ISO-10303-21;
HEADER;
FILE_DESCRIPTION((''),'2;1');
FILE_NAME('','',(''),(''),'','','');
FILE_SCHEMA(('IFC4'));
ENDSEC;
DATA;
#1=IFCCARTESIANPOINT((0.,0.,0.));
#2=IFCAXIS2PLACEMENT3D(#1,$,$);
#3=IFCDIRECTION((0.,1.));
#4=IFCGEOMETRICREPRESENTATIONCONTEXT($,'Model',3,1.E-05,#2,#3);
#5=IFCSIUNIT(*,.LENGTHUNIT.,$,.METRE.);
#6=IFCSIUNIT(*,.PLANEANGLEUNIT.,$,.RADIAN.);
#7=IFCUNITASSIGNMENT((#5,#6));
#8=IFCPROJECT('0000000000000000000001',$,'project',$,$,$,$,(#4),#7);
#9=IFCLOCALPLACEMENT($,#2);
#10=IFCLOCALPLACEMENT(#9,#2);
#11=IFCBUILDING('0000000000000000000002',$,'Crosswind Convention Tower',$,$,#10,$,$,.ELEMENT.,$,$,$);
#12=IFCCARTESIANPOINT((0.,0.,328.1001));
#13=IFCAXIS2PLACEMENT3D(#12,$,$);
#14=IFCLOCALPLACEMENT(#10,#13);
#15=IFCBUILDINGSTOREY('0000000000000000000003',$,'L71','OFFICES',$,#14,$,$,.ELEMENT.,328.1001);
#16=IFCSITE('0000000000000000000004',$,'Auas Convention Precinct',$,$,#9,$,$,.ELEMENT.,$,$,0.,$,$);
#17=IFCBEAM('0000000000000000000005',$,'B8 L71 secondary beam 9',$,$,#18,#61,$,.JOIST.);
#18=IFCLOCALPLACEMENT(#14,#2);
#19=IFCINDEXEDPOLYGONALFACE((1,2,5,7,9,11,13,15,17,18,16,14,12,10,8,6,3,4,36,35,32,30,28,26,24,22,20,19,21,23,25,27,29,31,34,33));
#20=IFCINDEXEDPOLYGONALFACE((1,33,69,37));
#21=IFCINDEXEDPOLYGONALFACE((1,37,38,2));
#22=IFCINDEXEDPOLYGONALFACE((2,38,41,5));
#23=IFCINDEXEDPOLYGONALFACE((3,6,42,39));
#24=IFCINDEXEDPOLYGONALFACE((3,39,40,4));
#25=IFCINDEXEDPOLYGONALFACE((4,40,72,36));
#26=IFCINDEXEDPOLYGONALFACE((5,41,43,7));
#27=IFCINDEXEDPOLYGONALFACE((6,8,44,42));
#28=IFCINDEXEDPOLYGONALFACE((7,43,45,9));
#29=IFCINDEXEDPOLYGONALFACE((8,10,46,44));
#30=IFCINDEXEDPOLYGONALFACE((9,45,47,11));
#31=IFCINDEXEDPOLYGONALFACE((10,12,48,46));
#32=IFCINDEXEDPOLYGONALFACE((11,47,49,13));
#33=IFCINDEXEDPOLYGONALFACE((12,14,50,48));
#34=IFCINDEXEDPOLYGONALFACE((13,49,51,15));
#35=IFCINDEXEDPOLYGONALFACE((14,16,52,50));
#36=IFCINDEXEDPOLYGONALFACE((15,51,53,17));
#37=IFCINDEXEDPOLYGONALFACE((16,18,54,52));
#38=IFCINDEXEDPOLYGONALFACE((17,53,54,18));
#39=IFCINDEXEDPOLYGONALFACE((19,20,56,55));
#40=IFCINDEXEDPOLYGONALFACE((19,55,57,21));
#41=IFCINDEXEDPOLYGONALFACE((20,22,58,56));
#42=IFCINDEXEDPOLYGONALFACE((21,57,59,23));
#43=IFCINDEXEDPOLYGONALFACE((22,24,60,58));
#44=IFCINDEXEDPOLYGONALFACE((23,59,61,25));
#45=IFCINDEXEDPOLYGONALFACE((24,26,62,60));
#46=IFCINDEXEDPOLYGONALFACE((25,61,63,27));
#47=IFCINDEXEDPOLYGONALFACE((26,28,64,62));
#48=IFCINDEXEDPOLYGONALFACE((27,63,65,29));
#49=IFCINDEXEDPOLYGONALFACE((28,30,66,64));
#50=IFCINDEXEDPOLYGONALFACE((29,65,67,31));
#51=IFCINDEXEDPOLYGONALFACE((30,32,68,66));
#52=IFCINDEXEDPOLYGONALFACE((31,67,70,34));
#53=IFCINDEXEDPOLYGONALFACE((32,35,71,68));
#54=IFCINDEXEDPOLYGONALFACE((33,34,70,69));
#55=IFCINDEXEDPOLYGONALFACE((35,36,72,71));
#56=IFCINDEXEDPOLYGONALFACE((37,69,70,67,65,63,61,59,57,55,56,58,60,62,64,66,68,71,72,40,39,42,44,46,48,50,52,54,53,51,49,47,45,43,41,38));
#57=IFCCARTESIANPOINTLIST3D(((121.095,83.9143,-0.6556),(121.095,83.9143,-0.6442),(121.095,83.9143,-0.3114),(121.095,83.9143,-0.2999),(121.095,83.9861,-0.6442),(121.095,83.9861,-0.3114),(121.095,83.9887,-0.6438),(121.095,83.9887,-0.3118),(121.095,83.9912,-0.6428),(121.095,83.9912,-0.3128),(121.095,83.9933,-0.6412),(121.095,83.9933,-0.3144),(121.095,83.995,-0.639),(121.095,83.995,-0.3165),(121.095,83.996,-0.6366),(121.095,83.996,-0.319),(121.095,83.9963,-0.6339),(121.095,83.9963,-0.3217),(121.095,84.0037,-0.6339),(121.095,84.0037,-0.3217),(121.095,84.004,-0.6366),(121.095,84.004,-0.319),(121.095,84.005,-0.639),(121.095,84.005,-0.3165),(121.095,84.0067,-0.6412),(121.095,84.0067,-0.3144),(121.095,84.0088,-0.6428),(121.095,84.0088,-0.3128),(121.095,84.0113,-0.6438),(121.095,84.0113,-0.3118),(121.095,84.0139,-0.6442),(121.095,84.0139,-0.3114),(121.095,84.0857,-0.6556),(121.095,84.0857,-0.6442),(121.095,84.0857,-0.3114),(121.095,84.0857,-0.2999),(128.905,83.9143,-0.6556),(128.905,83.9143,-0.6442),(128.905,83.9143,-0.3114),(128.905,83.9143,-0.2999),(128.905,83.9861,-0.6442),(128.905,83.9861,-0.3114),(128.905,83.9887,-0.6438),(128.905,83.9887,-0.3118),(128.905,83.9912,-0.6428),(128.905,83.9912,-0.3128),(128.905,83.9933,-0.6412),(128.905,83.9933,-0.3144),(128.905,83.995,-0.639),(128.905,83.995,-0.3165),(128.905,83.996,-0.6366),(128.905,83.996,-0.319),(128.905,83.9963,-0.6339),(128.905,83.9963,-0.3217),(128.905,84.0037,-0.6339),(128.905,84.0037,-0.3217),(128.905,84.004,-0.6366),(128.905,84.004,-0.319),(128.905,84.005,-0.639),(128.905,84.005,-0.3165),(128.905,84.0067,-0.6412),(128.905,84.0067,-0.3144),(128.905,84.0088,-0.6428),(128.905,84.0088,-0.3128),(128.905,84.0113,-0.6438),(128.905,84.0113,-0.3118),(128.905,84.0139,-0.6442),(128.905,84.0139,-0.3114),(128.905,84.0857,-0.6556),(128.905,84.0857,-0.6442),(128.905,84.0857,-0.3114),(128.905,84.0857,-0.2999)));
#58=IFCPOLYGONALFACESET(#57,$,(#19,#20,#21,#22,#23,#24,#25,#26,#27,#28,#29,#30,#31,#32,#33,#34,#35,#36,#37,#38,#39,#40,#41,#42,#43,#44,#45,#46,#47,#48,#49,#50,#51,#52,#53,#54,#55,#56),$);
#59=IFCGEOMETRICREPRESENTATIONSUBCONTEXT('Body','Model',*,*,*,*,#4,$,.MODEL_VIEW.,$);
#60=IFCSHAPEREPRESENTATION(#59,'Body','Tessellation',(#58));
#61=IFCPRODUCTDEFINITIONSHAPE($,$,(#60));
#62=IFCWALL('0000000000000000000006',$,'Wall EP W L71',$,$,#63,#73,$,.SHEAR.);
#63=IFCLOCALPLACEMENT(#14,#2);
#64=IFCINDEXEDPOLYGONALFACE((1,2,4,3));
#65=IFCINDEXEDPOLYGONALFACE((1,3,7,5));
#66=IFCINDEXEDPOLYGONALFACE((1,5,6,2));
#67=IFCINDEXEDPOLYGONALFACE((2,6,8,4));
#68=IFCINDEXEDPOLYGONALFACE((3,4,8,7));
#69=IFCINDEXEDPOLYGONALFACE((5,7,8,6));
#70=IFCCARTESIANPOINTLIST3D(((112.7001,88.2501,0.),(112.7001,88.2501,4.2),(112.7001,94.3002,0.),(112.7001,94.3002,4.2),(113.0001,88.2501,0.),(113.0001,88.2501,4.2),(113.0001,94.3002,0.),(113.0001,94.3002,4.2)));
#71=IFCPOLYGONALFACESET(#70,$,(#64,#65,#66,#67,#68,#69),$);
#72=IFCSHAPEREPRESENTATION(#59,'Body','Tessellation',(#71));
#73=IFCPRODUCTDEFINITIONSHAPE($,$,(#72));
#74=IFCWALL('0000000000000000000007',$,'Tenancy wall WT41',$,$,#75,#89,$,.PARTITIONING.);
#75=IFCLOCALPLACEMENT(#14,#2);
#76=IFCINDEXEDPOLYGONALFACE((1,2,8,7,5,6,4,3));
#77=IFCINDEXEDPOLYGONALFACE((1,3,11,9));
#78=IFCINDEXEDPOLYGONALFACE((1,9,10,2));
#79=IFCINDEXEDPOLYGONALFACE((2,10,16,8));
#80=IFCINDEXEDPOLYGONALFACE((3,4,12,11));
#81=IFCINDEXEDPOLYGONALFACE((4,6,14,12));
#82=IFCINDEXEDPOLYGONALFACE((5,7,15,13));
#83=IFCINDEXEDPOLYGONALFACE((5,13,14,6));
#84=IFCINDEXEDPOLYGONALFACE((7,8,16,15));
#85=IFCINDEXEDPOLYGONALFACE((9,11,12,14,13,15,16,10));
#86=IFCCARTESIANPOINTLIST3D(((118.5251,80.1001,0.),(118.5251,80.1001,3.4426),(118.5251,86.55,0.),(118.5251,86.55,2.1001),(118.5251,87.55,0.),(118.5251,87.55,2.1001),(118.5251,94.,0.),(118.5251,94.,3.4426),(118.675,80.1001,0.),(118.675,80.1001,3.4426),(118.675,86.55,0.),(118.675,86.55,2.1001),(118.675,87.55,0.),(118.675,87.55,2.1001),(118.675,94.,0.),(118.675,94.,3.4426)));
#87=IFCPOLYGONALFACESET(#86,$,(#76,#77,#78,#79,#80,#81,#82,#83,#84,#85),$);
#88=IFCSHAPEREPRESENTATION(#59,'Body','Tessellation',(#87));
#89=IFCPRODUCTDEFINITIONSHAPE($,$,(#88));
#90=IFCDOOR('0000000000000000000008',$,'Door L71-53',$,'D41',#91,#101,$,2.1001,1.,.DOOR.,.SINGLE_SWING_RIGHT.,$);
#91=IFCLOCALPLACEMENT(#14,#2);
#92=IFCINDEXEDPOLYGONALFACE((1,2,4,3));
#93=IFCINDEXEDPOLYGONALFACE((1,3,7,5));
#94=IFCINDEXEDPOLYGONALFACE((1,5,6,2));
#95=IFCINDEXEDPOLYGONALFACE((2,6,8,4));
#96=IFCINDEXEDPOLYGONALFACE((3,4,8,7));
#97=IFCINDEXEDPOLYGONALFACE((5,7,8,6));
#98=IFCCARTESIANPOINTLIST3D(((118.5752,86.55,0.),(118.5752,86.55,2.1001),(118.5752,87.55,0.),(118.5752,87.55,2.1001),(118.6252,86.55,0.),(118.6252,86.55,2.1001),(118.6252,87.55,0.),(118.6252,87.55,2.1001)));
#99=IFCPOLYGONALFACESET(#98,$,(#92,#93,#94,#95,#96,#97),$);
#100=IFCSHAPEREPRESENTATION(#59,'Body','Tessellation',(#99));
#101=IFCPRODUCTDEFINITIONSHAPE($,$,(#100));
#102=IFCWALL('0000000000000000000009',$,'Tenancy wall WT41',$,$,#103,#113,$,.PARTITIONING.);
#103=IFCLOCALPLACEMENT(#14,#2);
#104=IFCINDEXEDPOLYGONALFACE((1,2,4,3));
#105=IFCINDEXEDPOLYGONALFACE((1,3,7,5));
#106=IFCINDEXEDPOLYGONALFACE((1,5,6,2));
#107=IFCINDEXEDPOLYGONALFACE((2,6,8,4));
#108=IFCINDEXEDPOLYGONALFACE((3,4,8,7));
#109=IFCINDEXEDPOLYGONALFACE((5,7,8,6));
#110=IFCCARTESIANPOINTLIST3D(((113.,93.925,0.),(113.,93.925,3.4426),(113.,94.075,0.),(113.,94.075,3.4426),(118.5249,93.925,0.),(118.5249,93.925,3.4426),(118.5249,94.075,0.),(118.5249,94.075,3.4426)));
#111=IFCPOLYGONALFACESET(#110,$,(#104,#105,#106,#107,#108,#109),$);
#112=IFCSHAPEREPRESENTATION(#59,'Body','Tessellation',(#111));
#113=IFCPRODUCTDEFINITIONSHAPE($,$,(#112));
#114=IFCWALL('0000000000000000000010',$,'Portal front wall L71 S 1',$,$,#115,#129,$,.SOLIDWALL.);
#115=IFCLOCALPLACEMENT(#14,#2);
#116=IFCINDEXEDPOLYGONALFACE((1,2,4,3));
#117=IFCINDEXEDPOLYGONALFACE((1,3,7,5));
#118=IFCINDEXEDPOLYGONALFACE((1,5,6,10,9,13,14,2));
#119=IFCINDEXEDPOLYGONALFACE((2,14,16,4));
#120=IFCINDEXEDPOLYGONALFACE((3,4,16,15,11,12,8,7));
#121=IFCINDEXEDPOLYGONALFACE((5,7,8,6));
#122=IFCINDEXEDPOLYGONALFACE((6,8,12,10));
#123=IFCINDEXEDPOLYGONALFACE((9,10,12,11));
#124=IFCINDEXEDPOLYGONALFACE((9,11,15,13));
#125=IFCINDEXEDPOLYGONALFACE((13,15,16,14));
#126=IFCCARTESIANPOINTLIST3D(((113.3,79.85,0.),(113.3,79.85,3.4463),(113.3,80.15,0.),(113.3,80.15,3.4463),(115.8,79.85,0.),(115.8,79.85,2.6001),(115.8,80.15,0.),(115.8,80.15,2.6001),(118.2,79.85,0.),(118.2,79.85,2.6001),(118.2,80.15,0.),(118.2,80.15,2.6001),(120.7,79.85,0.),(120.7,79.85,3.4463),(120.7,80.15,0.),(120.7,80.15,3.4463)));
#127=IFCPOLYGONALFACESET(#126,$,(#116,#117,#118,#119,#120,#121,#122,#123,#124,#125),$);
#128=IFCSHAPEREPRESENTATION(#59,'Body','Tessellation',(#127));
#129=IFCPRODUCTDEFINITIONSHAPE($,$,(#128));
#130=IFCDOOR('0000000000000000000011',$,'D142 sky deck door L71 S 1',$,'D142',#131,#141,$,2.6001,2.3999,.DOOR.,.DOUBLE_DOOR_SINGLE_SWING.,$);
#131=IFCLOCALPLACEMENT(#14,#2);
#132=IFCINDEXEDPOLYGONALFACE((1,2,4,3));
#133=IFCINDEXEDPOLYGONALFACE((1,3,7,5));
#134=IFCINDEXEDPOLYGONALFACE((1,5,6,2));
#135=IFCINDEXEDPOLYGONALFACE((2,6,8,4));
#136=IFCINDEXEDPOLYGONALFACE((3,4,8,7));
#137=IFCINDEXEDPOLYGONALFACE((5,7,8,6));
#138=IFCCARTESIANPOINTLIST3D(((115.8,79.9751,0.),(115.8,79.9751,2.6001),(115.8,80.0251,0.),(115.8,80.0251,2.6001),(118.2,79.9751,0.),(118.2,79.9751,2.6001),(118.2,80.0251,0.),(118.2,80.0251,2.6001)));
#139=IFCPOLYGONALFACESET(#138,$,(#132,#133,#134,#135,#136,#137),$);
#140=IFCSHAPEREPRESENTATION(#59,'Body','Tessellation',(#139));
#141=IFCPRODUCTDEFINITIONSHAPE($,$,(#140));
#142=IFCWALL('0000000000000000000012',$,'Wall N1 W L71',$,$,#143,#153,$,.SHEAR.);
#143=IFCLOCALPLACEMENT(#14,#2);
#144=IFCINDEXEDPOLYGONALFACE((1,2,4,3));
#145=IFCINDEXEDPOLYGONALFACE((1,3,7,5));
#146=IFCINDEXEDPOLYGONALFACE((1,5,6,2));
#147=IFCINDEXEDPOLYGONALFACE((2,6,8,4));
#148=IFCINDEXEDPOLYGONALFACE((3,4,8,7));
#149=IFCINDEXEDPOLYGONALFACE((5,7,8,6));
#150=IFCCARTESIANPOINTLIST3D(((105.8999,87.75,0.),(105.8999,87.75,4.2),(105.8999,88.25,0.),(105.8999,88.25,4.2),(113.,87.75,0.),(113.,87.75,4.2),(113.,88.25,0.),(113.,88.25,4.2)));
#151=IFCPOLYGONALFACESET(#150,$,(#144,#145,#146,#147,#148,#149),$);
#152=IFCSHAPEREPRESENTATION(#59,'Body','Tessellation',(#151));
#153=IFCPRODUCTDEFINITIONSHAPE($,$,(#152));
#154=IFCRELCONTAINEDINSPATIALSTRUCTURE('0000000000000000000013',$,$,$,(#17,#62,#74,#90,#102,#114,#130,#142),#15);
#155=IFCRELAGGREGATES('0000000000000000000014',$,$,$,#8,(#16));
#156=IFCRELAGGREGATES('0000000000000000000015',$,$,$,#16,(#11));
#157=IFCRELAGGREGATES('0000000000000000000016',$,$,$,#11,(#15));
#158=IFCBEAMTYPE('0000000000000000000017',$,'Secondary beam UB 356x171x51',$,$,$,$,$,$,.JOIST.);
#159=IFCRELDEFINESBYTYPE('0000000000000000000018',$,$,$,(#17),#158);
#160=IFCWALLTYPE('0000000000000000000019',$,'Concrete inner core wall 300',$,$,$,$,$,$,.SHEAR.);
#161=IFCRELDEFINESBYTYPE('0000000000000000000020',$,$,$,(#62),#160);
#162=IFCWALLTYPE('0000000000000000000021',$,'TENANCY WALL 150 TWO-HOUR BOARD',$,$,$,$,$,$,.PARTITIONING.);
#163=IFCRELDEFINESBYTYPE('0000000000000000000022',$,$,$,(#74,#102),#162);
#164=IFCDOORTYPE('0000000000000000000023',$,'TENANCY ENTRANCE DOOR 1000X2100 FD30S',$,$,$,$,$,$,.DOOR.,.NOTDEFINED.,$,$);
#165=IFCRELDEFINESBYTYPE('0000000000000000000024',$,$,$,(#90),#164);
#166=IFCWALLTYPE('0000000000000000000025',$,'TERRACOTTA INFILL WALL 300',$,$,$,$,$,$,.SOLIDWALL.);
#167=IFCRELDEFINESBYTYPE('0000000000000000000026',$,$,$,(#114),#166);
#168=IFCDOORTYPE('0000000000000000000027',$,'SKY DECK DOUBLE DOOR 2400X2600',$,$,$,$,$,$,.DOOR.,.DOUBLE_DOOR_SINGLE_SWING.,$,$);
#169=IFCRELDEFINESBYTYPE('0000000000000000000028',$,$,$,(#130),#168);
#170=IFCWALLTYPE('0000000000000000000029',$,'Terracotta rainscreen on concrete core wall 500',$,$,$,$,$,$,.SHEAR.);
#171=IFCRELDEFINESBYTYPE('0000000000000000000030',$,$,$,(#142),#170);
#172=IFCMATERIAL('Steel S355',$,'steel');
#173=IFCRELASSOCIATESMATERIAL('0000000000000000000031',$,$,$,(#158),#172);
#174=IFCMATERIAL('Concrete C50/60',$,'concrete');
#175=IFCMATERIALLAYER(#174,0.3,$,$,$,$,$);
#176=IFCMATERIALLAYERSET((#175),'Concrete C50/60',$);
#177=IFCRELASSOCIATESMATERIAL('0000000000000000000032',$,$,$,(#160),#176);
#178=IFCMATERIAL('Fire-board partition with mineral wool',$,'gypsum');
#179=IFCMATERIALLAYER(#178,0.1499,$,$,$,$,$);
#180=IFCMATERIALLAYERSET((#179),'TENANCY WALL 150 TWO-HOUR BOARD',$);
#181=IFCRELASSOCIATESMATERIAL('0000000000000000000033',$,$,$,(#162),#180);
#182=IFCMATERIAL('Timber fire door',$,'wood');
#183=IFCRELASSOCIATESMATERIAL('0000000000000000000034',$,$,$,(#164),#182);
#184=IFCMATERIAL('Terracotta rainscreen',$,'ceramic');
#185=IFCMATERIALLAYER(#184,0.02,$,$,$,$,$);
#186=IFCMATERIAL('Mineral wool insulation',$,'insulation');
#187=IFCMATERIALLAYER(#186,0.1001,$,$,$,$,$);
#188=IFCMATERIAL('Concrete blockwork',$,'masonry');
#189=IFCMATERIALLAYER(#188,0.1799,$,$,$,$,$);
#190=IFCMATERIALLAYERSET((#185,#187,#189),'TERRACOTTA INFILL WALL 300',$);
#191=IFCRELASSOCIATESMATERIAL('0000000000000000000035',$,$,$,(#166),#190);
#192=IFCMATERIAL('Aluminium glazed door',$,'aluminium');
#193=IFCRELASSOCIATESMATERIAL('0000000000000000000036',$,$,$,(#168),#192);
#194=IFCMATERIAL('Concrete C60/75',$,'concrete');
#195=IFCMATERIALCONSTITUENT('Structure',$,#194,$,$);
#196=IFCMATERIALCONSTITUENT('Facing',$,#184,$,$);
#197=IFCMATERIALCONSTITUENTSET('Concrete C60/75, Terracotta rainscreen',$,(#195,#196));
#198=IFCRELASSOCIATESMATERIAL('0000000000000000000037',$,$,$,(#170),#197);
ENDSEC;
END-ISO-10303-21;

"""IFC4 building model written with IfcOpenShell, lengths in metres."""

from ifc_helpers import new_model, si_unit, direction, frame, frame_2d, origin, origin_2d, place, context, subcontext, project, spatial, rectangle, i_section, extrude, material, layer, layer_set, constituent, constituent_set, material_profile, profile_set, type_object, element, fill, save


model = new_model("IFC4")

# Units and contexts
model_context = context("Model", 3, precision=1e-05, world=origin(), true_north=direction((0.0, 1.0)))
body_context = subcontext(model_context, "Body", "Model", "MODEL_VIEW")
ifc_project = project(units=[si_unit("LENGTHUNIT", "METRE"), si_unit("PLANEANGLEUNIT", "RADIAN")], contexts=[model_context])

# Site, building, storey
site_placement = place(None, origin())
site = spatial("IfcSite", under=ifc_project, at=site_placement, Name="Auas Convention Precinct", CompositionType="ELEMENT", RefElevation=0.0)
building_placement = place(site_placement, origin())
building = spatial("IfcBuilding", under=site, at=building_placement, Name="Crosswind Convention Tower", CompositionType="ELEMENT")
storey_placement = place(building_placement, frame((0.0, 0.0, 328.1001)))
storey = spatial("IfcBuildingStorey", under=building, at=storey_placement, Name="L71", Description="OFFICES", CompositionType="ELEMENT", Elevation=328.1001)

# Shared definitions
ifc_material_1 = material(Name="Concrete C60/75", Category="concrete")

# Beam
ifc_material_2 = material(Name="Steel S355", Category="steel")
ifc_material_profile_1 = material_profile(ifc_material_2, i_section(OverallWidth=0.1714, OverallDepth=0.3557, WebThickness=0.0073, FlangeThickness=0.0115, FilletRadius=0.0103, at=origin_2d()), Name="UB 356x171x51")
ifc_profile_set_1 = profile_set([ifc_material_profile_1], Name="Steel S355")
beam_type_1 = type_object("IfcBeamType", Name="Secondary beam UB 356x171x51", PredefinedType="JOIST", material=ifc_profile_set_1)
for number, where, z_axis, x_axis, name in (
    (1, (121.095, 84.0, -0.4778), (1.0, 0.0, 0.0), (0.0, 1.0, 0.0), "B8 L71 secondary beam 9"),
):
    element("IfcBeam", number, at=place(storey_placement, frame(where, z_axis=z_axis, x_axis=x_axis)), inside=storey, type_object=beam_type_1, Name=name, PredefinedType="JOIST", context=body_context, shape_type="SweptSolid", body=[
        extrude(i_section(OverallWidth=0.1714, OverallDepth=0.3557, WebThickness=0.0073, FlangeThickness=0.0115, FilletRadius=0.0103, at=origin_2d()), origin(), (0.0, 0.0, 1.0), 7.8101),
    ])

# Wall
ifc_material_3 = material(Name="Concrete C50/60", Category="concrete")
ifc_layer_1 = layer(ifc_material_3, 0.3)
ifc_layer_set_1 = layer_set([ifc_layer_1], Name="Concrete C50/60")
wall_type_1 = type_object("IfcWallType", Name="Concrete inner core wall 300", PredefinedType="SHEAR", material=ifc_layer_set_1)
wall_1_placement = place(storey_placement, frame((112.8501, 94.3, 0.0), z_axis=(0.0, 0.0, 1.0), x_axis=(0.0, -1.0, 0.0)))
element("IfcWall", 2, at=wall_1_placement, inside=storey, type_object=wall_type_1, Name="Wall EP W L71", PredefinedType="SHEAR", context=body_context, shape_type="SweptSolid", body=[
    extrude(rectangle(XDim=6.05, YDim=0.3, at=frame_2d((3.0249, 0.0))), origin(), (0.0, 0.0, 1.0), 4.2),
])

# Wall, opening, door
ifc_material_4 = material(Name="Fire-board partition with mineral wool", Category="gypsum")
ifc_layer_2 = layer(ifc_material_4, 0.1499)
ifc_layer_set_2 = layer_set([ifc_layer_2], Name="TENANCY WALL 150 TWO-HOUR BOARD")
wall_type_2 = type_object("IfcWallType", Name="TENANCY WALL 150 TWO-HOUR BOARD", PredefinedType="PARTITIONING", material=ifc_layer_set_2)
wall_2_placement = place(storey_placement, frame((118.6001, 80.1001, 0.0), z_axis=(0.0, 0.0, 1.0), x_axis=(0.0, 1.0, 0.0)))
wall_2 = element("IfcWall", 3, at=wall_2_placement, inside=storey, type_object=wall_type_2, Name="Tenancy wall WT41", PredefinedType="PARTITIONING", context=body_context, shape_type="SweptSolid", body=[
    extrude(rectangle(XDim=13.8999, YDim=0.1499, at=frame_2d((6.95, 0.0))), origin(), (0.0, 0.0, 1.0), 3.4426),
])
opening_1_placement = place(wall_2_placement, frame((6.45, 0.0, 0.0)))
opening_1 = element("IfcOpeningElement", 4, at=opening_1_placement, cuts=wall_2, PredefinedType="OPENING", context=body_context, shape_type="SweptSolid", body=[
    extrude(rectangle(XDim=1.0, YDim=2.1001, at=frame_2d((0.5, 1.05))), frame((0.0, 0.085, 0.0), z_axis=(0.0, -1.0, 0.0), x_axis=(1.0, 0.0, 0.0)), (0.0, 0.0, 1.0), 0.1699),
])
ifc_material_5 = material(Name="Timber fire door", Category="wood")
door_type_1 = type_object("IfcDoorType", Name="TENANCY ENTRANCE DOOR 1000X2100 FD30S", OperationType="NOTDEFINED", PredefinedType="DOOR", material=ifc_material_5)
door_1_placement = place(opening_1_placement, origin())
door_1 = element("IfcDoor", 5, at=door_1_placement, inside=storey, type_object=door_type_1, Name="Door L71-53", ObjectType="D41", OperationType="SINGLE_SWING_RIGHT", OverallHeight=2.1001, OverallWidth=1.0, PredefinedType="DOOR", context=body_context, shape_type="SweptSolid", body=[
    extrude(rectangle(XDim=1.0, YDim=2.1001, at=frame_2d((0.5, 1.05))), frame((0.0, 0.0249, 0.0), z_axis=(0.0, -1.0, 0.0), x_axis=(1.0, 0.0, 0.0)), (0.0, 0.0, 1.0), 0.05),
])
fill(opening_1, door_1)

# Wall
wall_3_placement = place(storey_placement, frame((113.0, 94.0, 0.0), z_axis=(0.0, 0.0, 1.0), x_axis=(1.0, 0.0, 0.0)))
element("IfcWall", 6, at=wall_3_placement, inside=storey, type_object=wall_type_2, Name="Tenancy wall WT41", PredefinedType="PARTITIONING", context=body_context, shape_type="SweptSolid", body=[
    extrude(rectangle(XDim=5.5249, YDim=0.1499, at=frame_2d((2.7625, 0.0))), origin(), (0.0, 0.0, 1.0), 3.4426),
])

# Wall, opening, door
ifc_material_6 = material(Name="Terracotta rainscreen", Category="ceramic")
ifc_layer_3 = layer(ifc_material_6, 0.02)
ifc_material_7 = material(Name="Mineral wool insulation", Category="insulation")
ifc_layer_4 = layer(ifc_material_7, 0.1001)
ifc_material_8 = material(Name="Concrete blockwork", Category="masonry")
ifc_layer_5 = layer(ifc_material_8, 0.1799)
ifc_layer_set_3 = layer_set([ifc_layer_3, ifc_layer_4, ifc_layer_5], Name="TERRACOTTA INFILL WALL 300")
wall_type_3 = type_object("IfcWallType", Name="TERRACOTTA INFILL WALL 300", PredefinedType="SOLIDWALL", material=ifc_layer_set_3)
wall_4_placement = place(storey_placement, frame((113.3, 80.0, 0.0), z_axis=(0.0, 0.0, 1.0), x_axis=(1.0, 0.0, 0.0)))
wall_4 = element("IfcWall", 7, at=wall_4_placement, inside=storey, type_object=wall_type_3, Name="Portal front wall L71 S 1", PredefinedType="SOLIDWALL", context=body_context, shape_type="SweptSolid", body=[
    extrude(rectangle(XDim=7.3999, YDim=0.3, at=frame_2d((3.7, 0.0))), origin(), (0.0, 0.0, 1.0), 3.4463),
])
opening_2_placement = place(wall_4_placement, frame((2.5, 0.0, 0.0)))
opening_2 = element("IfcOpeningElement", 8, at=opening_2_placement, cuts=wall_4, PredefinedType="OPENING", context=body_context, shape_type="SweptSolid", body=[
    extrude(rectangle(XDim=2.3999, YDim=2.6001, at=frame_2d((1.2, 1.3))), frame((0.0, 0.1599, 0.0), z_axis=(0.0, -1.0, 0.0), x_axis=(1.0, 0.0, 0.0)), (0.0, 0.0, 1.0), 0.3201),
])
ifc_material_9 = material(Name="Aluminium glazed door", Category="aluminium")
door_type_2 = type_object("IfcDoorType", Name="SKY DECK DOUBLE DOOR 2400X2600", OperationType="DOUBLE_DOOR_SINGLE_SWING", PredefinedType="DOOR", material=ifc_material_9)
door_2_placement = place(opening_2_placement, frame((2.3999, 0.0, 0.0), z_axis=(0.0, 0.0, 1.0), x_axis=(-1.0, 0.0, 0.0)))
door_2 = element("IfcDoor", 9, at=door_2_placement, inside=storey, type_object=door_type_2, Name="D142 sky deck door L71 S 1", ObjectType="D142", OperationType="DOUBLE_DOOR_SINGLE_SWING", OverallHeight=2.6001, OverallWidth=2.3999, PredefinedType="DOOR", context=body_context, shape_type="SweptSolid", body=[
    extrude(rectangle(XDim=2.3999, YDim=2.6001, at=frame_2d((1.2, 1.3))), frame((0.0, 0.0249, 0.0), z_axis=(0.0, -1.0, 0.0), x_axis=(1.0, 0.0, 0.0)), (0.0, 0.0, 1.0), 0.05),
])
fill(opening_2, door_2)

# Wall
ifc_constituent_1 = constituent(ifc_material_1, Name="Structure")
ifc_constituent_2 = constituent(ifc_material_6, Name="Facing")
ifc_constituent_set = constituent_set(constituents=[ifc_constituent_1, ifc_constituent_2], Name="Concrete C60/75, Terracotta rainscreen")
wall_type_4 = type_object("IfcWallType", Name="Terracotta rainscreen on concrete core wall 500", PredefinedType="SHEAR", material=ifc_constituent_set)
wall_5_placement = place(storey_placement, frame((113.0, 88.0, 0.0), z_axis=(0.0, 0.0, 1.0), x_axis=(-1.0, 0.0, 0.0)))
element("IfcWall", 10, at=wall_5_placement, inside=storey, type_object=wall_type_4, Name="Wall N1 W L71", PredefinedType="SHEAR", context=body_context, shape_type="SweptSolid", body=[
    extrude(rectangle(XDim=7.1001, YDim=0.5, at=frame_2d((3.55, 0.0))), origin(), (0.0, 0.0, 1.0), 4.2),
])

save(model, "model.ifc")
